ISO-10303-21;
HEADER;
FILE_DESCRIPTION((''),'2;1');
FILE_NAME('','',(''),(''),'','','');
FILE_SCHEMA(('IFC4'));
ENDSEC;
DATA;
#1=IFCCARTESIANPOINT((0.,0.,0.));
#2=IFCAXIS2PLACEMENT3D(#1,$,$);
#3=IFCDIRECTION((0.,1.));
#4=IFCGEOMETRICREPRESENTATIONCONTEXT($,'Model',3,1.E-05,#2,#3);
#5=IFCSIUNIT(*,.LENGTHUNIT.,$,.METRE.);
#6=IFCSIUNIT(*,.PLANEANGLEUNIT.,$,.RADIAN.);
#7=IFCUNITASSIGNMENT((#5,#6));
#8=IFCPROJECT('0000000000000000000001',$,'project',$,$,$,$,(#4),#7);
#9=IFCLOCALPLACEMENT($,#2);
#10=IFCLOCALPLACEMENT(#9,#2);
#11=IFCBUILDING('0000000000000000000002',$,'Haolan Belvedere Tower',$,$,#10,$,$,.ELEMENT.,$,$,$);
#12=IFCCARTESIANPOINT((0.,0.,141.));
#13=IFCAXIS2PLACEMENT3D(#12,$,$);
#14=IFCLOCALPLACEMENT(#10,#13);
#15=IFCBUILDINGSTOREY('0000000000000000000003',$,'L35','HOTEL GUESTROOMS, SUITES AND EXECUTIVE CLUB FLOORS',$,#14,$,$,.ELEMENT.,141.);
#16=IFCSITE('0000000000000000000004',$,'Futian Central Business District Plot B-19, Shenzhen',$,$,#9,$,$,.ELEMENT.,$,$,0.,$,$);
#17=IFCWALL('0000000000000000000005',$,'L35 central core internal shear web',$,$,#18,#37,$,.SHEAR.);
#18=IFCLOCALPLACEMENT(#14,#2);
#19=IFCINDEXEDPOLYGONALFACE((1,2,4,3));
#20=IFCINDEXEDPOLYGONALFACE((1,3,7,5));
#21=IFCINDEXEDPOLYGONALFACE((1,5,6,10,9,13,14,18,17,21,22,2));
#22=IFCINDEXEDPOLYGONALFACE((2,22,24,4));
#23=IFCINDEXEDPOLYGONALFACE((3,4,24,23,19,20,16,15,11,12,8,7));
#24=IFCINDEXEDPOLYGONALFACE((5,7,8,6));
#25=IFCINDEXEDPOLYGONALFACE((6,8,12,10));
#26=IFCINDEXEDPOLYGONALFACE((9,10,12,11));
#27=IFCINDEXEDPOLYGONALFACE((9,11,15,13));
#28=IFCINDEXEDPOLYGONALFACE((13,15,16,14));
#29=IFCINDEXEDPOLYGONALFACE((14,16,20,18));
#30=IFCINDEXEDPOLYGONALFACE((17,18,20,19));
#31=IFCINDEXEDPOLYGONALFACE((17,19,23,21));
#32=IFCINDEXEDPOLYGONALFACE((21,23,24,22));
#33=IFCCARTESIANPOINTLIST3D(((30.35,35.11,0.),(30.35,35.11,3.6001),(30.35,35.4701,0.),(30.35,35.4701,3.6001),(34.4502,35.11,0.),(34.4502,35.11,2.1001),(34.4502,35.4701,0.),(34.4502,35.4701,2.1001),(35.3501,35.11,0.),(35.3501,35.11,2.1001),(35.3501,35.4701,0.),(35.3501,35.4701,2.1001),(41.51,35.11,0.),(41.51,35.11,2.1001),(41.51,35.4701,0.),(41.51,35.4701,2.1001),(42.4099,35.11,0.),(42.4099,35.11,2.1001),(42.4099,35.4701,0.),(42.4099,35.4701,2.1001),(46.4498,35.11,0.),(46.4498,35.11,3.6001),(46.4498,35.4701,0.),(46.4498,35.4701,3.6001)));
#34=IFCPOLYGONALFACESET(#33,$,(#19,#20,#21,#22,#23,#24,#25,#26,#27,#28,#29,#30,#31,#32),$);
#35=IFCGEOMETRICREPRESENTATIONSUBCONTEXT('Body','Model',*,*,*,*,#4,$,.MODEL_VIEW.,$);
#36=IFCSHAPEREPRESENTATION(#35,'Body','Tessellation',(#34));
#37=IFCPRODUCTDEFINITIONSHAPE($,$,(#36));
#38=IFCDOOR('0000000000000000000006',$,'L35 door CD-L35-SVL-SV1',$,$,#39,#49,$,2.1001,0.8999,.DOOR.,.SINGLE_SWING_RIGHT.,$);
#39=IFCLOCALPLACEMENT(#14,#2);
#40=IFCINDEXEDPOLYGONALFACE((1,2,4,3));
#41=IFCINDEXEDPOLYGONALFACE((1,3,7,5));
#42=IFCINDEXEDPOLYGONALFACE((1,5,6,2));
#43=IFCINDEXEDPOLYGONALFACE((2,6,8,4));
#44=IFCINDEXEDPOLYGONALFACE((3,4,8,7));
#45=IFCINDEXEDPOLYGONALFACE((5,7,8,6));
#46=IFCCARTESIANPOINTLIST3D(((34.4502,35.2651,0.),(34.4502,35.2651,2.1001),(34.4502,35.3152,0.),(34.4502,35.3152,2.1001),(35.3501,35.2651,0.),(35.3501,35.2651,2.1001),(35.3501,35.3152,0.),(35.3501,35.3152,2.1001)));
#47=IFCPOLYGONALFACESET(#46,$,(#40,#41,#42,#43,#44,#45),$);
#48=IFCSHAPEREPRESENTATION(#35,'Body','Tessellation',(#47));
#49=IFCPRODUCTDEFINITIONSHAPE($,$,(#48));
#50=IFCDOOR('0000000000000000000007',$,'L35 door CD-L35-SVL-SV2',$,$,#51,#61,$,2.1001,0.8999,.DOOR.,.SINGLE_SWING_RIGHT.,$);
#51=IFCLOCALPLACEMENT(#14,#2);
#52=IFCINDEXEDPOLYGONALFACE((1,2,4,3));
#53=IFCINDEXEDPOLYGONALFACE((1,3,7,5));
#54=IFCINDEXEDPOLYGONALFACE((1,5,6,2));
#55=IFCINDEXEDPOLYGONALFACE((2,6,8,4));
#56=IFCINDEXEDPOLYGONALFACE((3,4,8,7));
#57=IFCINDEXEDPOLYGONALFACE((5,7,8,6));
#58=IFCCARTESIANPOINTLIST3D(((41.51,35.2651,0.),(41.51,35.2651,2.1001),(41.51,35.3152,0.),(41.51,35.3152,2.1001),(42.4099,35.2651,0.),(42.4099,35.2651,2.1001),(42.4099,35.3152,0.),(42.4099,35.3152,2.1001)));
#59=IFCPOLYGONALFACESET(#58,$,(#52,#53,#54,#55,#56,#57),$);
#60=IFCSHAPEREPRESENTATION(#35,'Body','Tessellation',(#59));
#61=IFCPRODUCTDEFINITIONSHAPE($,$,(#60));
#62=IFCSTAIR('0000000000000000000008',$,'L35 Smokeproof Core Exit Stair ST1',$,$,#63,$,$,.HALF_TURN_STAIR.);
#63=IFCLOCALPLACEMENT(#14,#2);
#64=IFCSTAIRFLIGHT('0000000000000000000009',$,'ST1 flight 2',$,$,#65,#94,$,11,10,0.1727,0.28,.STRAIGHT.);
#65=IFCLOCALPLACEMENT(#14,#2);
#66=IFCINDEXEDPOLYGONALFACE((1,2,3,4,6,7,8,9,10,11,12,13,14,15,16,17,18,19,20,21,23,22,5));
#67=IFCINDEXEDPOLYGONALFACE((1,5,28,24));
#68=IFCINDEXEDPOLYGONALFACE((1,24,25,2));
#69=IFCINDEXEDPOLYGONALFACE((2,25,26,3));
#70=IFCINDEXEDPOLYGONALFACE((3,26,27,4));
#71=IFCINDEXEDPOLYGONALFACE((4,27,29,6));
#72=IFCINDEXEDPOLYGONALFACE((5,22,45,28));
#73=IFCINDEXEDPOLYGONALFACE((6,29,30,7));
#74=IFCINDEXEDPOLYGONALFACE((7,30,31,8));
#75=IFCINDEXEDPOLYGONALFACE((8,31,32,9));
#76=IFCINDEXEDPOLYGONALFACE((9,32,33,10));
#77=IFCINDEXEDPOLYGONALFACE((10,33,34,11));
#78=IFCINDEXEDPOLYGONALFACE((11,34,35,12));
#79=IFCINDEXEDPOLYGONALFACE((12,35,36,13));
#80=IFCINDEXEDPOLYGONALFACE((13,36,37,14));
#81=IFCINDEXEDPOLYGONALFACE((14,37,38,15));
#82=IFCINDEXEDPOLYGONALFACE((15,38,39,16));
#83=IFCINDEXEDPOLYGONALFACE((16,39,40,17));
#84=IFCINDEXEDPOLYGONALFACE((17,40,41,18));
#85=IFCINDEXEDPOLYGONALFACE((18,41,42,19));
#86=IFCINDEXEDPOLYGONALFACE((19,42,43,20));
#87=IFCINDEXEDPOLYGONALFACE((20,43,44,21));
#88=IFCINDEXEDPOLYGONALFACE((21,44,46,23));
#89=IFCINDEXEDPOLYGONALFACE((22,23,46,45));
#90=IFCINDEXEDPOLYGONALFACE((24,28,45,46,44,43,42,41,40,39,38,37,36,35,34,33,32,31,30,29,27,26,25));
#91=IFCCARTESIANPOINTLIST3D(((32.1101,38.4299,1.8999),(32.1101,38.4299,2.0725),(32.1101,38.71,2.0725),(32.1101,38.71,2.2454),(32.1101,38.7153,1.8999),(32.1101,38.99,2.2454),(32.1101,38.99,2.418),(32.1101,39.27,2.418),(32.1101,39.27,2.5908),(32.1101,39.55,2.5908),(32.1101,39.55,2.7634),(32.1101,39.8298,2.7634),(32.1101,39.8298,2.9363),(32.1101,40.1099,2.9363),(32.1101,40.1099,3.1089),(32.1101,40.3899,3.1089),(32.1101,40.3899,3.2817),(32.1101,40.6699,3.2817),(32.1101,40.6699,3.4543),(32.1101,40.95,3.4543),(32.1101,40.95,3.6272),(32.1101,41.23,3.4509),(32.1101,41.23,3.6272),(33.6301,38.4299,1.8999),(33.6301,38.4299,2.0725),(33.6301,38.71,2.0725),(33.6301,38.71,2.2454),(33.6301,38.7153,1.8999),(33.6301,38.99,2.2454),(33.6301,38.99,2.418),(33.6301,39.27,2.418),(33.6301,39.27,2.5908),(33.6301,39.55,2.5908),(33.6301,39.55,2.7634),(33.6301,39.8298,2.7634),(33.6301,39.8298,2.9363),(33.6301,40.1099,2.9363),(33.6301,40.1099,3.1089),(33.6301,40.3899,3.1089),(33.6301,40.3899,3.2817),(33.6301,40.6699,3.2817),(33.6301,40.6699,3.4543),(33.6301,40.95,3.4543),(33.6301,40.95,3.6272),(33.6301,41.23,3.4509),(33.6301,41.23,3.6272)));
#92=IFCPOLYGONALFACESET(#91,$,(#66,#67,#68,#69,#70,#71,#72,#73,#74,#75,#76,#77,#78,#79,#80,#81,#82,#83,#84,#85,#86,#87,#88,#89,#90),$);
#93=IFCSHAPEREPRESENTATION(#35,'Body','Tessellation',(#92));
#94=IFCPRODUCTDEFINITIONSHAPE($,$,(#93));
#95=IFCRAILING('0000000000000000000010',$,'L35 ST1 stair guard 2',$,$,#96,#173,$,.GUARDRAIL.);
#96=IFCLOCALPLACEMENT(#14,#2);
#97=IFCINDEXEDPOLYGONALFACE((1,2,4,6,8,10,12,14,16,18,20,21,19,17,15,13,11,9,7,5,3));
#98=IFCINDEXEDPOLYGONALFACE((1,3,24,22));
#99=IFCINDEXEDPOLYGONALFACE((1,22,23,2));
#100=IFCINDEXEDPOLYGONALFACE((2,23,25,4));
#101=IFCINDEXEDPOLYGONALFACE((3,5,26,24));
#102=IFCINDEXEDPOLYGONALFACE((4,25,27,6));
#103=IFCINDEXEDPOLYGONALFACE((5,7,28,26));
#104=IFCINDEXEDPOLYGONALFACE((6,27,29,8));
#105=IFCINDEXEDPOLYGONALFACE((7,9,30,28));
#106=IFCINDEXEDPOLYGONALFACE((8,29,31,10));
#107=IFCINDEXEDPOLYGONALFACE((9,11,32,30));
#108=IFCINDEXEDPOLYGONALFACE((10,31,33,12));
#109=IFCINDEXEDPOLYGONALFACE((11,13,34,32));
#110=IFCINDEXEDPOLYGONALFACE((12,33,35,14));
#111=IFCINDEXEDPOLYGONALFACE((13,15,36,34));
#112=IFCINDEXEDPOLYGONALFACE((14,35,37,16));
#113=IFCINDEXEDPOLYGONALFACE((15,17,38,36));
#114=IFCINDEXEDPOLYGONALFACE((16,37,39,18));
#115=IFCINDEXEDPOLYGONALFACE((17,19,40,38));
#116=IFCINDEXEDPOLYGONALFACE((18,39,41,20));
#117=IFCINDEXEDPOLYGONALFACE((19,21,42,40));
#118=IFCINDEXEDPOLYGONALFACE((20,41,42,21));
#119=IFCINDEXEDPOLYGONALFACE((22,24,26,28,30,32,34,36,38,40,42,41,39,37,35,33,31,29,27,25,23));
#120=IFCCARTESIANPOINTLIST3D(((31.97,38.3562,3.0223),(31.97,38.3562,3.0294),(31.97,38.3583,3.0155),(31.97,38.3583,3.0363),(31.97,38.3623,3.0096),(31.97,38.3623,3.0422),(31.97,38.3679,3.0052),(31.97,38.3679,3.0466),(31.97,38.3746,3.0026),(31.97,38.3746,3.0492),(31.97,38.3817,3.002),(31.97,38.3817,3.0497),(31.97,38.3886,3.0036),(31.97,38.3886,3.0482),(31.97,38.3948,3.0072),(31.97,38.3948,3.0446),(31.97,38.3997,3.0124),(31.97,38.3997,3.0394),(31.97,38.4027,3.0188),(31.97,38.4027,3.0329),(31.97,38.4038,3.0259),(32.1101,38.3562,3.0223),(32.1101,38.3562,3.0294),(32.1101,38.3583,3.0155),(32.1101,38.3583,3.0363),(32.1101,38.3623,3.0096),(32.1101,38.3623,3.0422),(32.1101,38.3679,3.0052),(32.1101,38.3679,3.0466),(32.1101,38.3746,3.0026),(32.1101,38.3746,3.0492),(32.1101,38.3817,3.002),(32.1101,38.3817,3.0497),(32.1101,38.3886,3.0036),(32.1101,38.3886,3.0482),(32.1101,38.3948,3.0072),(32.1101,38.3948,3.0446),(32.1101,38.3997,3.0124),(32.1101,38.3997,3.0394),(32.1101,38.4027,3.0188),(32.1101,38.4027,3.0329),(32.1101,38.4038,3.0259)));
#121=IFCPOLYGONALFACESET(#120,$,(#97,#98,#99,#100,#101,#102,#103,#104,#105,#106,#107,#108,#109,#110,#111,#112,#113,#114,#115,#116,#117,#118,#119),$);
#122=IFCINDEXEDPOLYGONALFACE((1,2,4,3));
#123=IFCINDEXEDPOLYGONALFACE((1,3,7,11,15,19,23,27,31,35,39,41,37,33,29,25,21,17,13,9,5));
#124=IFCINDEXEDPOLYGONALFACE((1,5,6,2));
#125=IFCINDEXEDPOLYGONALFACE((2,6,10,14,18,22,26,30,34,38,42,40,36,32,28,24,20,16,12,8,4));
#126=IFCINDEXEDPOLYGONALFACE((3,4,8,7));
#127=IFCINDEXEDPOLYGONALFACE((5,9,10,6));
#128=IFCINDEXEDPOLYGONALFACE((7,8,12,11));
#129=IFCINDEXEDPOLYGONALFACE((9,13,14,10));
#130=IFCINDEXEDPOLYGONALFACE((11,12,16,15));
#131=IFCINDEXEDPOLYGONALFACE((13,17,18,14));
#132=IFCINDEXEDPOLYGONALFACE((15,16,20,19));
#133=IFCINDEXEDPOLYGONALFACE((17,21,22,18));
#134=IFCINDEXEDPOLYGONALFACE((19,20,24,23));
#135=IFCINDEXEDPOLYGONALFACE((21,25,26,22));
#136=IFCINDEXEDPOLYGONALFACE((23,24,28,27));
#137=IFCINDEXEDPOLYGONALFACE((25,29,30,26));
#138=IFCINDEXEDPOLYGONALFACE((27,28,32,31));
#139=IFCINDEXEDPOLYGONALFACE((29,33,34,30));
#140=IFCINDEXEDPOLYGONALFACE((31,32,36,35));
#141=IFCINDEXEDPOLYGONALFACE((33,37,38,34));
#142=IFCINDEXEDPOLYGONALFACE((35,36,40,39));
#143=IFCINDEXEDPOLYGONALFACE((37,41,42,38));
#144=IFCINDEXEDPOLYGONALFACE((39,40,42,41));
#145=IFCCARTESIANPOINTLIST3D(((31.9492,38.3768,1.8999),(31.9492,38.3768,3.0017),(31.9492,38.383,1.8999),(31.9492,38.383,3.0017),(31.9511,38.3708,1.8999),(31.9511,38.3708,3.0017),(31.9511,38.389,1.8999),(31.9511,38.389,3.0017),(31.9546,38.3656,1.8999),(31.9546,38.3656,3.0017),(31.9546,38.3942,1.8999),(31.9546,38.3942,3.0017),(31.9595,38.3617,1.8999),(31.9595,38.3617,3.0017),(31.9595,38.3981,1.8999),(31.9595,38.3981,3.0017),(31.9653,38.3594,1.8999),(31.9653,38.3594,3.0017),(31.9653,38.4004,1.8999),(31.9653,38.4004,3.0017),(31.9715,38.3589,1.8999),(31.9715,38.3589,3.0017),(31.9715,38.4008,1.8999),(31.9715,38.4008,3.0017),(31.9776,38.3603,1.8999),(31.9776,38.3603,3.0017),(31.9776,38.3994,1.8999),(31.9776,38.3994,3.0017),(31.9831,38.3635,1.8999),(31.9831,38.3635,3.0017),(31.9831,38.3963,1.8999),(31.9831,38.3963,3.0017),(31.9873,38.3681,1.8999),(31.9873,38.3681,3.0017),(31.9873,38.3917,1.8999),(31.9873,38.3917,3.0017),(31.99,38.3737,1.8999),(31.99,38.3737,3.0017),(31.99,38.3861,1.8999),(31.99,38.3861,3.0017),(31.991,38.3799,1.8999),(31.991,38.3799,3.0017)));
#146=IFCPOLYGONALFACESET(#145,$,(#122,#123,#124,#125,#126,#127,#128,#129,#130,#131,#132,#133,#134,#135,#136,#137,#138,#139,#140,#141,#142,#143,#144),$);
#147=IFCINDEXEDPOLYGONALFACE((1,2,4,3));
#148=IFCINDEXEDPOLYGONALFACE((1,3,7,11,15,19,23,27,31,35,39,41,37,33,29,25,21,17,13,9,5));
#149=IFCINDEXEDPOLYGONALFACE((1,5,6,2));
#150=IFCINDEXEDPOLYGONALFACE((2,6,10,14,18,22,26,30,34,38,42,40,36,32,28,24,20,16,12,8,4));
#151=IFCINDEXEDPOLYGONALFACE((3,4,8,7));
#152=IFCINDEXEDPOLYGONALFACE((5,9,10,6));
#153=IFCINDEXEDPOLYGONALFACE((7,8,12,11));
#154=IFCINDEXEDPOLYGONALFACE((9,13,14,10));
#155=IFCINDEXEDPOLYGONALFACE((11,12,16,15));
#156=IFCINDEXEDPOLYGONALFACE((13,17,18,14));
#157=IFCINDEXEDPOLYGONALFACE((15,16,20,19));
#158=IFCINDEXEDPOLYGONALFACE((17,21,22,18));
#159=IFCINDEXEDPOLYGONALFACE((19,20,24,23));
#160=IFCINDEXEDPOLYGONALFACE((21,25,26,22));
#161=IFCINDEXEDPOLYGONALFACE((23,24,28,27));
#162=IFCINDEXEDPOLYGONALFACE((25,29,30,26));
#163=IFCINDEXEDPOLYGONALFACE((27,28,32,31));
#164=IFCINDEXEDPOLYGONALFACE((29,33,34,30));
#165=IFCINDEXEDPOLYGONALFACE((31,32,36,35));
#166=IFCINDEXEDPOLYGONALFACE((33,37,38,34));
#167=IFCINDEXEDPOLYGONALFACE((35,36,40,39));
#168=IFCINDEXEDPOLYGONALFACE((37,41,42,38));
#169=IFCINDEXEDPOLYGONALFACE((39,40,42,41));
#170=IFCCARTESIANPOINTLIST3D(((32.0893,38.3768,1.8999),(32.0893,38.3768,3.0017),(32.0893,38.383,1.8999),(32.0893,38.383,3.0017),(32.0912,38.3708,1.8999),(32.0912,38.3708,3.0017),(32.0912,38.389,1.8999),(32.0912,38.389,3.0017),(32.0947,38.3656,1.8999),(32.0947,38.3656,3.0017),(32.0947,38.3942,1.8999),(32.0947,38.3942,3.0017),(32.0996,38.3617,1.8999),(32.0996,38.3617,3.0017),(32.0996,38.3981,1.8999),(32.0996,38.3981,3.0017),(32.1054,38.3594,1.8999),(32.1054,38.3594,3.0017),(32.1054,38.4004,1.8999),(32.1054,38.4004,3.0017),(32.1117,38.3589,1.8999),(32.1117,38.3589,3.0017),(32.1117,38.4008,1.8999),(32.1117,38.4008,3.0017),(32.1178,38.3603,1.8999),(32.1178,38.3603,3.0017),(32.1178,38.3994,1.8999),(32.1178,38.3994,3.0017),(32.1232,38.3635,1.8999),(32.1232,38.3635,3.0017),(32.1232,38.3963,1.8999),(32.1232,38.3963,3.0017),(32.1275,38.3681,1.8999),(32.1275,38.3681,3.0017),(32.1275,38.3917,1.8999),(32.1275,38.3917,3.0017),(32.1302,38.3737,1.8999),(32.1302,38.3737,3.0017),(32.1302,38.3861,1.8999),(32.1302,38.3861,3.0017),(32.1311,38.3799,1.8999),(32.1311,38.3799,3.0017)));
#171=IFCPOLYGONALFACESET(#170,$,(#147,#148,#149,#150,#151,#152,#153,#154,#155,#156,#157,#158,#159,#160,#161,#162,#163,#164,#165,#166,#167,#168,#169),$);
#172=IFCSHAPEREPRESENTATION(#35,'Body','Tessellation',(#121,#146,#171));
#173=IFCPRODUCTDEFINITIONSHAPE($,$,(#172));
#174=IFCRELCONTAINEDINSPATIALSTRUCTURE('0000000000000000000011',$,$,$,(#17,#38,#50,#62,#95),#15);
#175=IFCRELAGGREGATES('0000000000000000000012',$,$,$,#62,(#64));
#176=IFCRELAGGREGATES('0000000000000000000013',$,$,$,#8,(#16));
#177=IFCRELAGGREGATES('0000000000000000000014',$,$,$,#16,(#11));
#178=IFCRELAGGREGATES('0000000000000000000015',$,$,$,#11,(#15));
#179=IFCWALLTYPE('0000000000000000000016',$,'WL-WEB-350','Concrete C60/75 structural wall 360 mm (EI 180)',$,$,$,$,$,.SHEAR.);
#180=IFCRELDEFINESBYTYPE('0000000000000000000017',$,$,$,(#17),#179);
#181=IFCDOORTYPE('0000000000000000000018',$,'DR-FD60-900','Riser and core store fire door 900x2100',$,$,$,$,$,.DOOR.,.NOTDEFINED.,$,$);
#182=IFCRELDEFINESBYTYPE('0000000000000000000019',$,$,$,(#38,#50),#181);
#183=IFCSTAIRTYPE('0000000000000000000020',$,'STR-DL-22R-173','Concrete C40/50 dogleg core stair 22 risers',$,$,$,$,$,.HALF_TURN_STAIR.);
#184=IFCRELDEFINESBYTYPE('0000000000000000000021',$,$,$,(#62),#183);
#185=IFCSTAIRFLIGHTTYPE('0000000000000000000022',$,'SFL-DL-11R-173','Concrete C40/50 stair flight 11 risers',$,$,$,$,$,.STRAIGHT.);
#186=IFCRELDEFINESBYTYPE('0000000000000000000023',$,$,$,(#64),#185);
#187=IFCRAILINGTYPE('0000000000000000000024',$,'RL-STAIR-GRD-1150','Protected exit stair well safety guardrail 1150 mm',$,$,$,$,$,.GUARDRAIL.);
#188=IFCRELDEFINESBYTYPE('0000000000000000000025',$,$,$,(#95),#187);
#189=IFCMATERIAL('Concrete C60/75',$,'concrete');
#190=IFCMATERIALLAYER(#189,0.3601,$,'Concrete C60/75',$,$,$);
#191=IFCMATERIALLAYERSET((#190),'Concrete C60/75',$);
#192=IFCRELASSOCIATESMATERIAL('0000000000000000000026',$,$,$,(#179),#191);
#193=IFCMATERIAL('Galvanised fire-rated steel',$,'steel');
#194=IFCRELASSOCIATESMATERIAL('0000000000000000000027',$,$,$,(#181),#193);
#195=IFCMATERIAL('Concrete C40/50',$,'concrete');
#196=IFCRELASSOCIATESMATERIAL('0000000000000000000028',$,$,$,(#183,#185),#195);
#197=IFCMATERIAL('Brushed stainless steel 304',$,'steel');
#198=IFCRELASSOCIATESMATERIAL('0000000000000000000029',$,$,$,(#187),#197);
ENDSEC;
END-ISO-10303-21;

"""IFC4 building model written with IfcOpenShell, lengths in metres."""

from ifc_helpers import new_model, si_unit, direction, frame, frame_2d, origin, origin_2d, place, context, subcontext, project, spatial, polyline, rectangle, circle, outline, extrude, material, layer, layer_set, type_object, element, fill, aggregate, save


model = new_model("IFC4")

# Units and contexts
model_context = context("Model", 3, precision=1e-05, world=origin(), true_north=direction((0.0, 1.0)))
body_context = subcontext(model_context, "Body", "Model", "MODEL_VIEW")
ifc_project = project(units=[si_unit("LENGTHUNIT", "METRE"), si_unit("PLANEANGLEUNIT", "RADIAN")], contexts=[model_context])

# Site, building, storey
site_placement = place(None, origin())
site = spatial("IfcSite", under=ifc_project, at=site_placement, Name="Futian Central Business District Plot B-19, Shenzhen", CompositionType="ELEMENT", RefElevation=0.0)
building_placement = place(site_placement, origin())
building = spatial("IfcBuilding", under=site, at=building_placement, Name="Haolan Belvedere Tower", CompositionType="ELEMENT")
storey_placement = place(building_placement, frame((0.0, 0.0, 141.0)))
storey = spatial("IfcBuildingStorey", under=building, at=storey_placement, Name="L35", Description="HOTEL GUESTROOMS, SUITES AND EXECUTIVE CLUB FLOORS", CompositionType="ELEMENT", Elevation=141.0)

# Shared definitions
ifc_material_1 = material(Name="Concrete C60/75", Category="concrete")

# Wall, openings, doors
ifc_layer_1 = layer(ifc_material_1, 0.3601, Name="Concrete C60/75")
ifc_layer_set_1 = layer_set([ifc_layer_1], Name="Concrete C60/75")
wall_type_1 = type_object("IfcWallType", Name="WL-WEB-350", Description="Concrete C60/75 structural wall 360 mm (EI 180)", PredefinedType="SHEAR", material=ifc_layer_set_1)
wall_1_placement = place(storey_placement, frame((30.3501, 35.29, 0.0), z_axis=(0.0, 0.0, 1.0), x_axis=(1.0, 0.0, 0.0)))
wall_1 = element("IfcWall", 1, at=wall_1_placement, inside=storey, type_object=wall_type_1, Name="L35 central core internal shear web", PredefinedType="SHEAR", context=body_context, shape_type="SweptSolid", body=[
    extrude(rectangle(XDim=16.0999, YDim=0.3601, at=frame_2d((8.0498, 0.0))), origin(), (0.0, 0.0, 1.0), 3.6001),
])
opening_1_placement = place(wall_1_placement, frame((5.0, 0.0, 0.0), z_axis=(0.0, 0.0, 1.0), x_axis=(-1.0, 0.0, 0.0)))
opening_1 = element("IfcOpeningElement", 2, at=opening_1_placement, cuts=wall_1, PredefinedType="OPENING", context=body_context, shape_type="SweptSolid", body=[
    extrude(rectangle(XDim=0.8999, YDim=2.1001, at=frame_2d((0.45, 1.05))), frame((0.0, 0.1899, 0.0), z_axis=(0.0, -1.0, 0.0), x_axis=(1.0, 0.0, 0.0)), (0.0, 0.0, 1.0), 0.3801),
])
opening_2_placement = place(wall_1_placement, frame((12.0598, 0.0, 0.0), z_axis=(0.0, 0.0, 1.0), x_axis=(-1.0, 0.0, 0.0)))
opening_2 = element("IfcOpeningElement", 3, at=opening_2_placement, cuts=wall_1, PredefinedType="OPENING", context=body_context, shape_type="SweptSolid", body=[
    extrude(rectangle(XDim=0.8999, YDim=2.1001, at=frame_2d((0.45, 1.05))), frame((0.0, 0.1899, 0.0), z_axis=(0.0, -1.0, 0.0), x_axis=(1.0, 0.0, 0.0)), (0.0, 0.0, 1.0), 0.3801),
])
ifc_material_2 = material(Name="Galvanised fire-rated steel", Category="steel")
door_type_1 = type_object("IfcDoorType", Name="DR-FD60-900", Description="Riser and core store fire door 900x2100", OperationType="NOTDEFINED", PredefinedType="DOOR", material=ifc_material_2)
door_1_placement = place(opening_1_placement, origin())
door_1 = element("IfcDoor", 4, at=door_1_placement, inside=storey, type_object=door_type_1, Name="L35 door CD-L35-SVL-SV1", OperationType="SINGLE_SWING_RIGHT", OverallHeight=2.1001, OverallWidth=0.8999, PredefinedType="DOOR", context=body_context, shape_type="SweptSolid", body=[
    extrude(rectangle(XDim=0.8999, YDim=2.1001, at=frame_2d((0.45, 1.05))), frame((0.0, 0.0249, 0.0), z_axis=(0.0, -1.0, 0.0), x_axis=(1.0, 0.0, 0.0)), (0.0, 0.0, 1.0), 0.05),
])
fill(opening_1, door_1)
door_2_placement = place(opening_2_placement, origin())
door_2 = element("IfcDoor", 5, at=door_2_placement, inside=storey, type_object=door_type_1, Name="L35 door CD-L35-SVL-SV2", OperationType="SINGLE_SWING_RIGHT", OverallHeight=2.1001, OverallWidth=0.8999, PredefinedType="DOOR", context=body_context, shape_type="SweptSolid", body=[
    extrude(rectangle(XDim=0.8999, YDim=2.1001, at=frame_2d((0.45, 1.05))), frame((0.0, 0.0249, 0.0), z_axis=(0.0, -1.0, 0.0), x_axis=(1.0, 0.0, 0.0)), (0.0, 0.0, 1.0), 0.05),
])
fill(opening_2, door_2)

# Stair, stair flight
ifc_material_3 = material(Name="Concrete C40/50", Category="concrete")
stair_type = type_object("IfcStairType", Name="STR-DL-22R-173", Description="Concrete C40/50 dogleg core stair 22 risers", PredefinedType="HALF_TURN_STAIR", material=ifc_material_3)
stair_placement = place(storey_placement, origin())
stair = element("IfcStair", 6, at=stair_placement, inside=storey, type_object=stair_type, Name="L35 Smokeproof Core Exit Stair ST1", PredefinedType="HALF_TURN_STAIR")
stair_flight_type = type_object("IfcStairFlightType", Name="SFL-DL-11R-173", Description="Concrete C40/50 stair flight 11 risers", PredefinedType="STRAIGHT", material=ifc_material_3)
stair_flight_placement = place(storey_placement, frame((32.8701, 38.4299, 1.8999), z_axis=(0.0, 0.0, 1.0), x_axis=(0.0, 1.0, 0.0)))
stair_flight = element("IfcStairFlight", 7, at=stair_flight_placement, type_object=stair_flight_type, Name="ST1 flight 2", NumberOfRisers=11, NumberOfTreads=10, PredefinedType="STRAIGHT", RiserHeight=0.1727, TreadLength=0.28, context=body_context, shape_type="SweptSolid", body=[
    extrude(outline(polyline([(0.0, 0.0), (0.0, 0.1726), (0.28, 0.1726), (0.28, 0.3455), (0.5601, 0.3455), (0.5601, 0.5181), (0.8401, 0.5181), (0.8401, 0.6909), (1.1201, 0.6909), (1.1201, 0.8635), (1.3999, 0.8635), (1.3999, 1.0364), (1.6799, 1.0364), (1.6799, 1.209), (1.96, 1.209), (1.96, 1.3818), (2.24, 1.3818), (2.24, 1.5544), (2.52, 1.5544), (2.52, 1.7273), (2.8, 1.7273), (2.8, 1.8999), (2.8, 1.551), (0.2854, 0.0), (0.0, 0.0)])), frame((0.0, 0.76, 0.0), z_axis=(0.0, -1.0, 0.0), x_axis=(1.0, 0.0, 0.0)), (0.0, 0.0, 1.0), 1.52),
])
aggregate(stair, [stair_flight])

# Railing
ifc_material_4 = material(Name="Brushed stainless steel 304", Category="steel")
railing_type_1 = type_object("IfcRailingType", Name="RL-STAIR-GRD-1150", Description="Protected exit stair well safety guardrail 1150 mm", PredefinedType="GUARDRAIL", material=ifc_material_4)
railing_1_placement = place(storey_placement, frame((31.97, 38.3799, 1.8999)))
element("IfcRailing", 8, at=railing_1_placement, inside=storey, type_object=railing_type_1, Name="L35 ST1 stair guard 2", PredefinedType="GUARDRAIL", context=body_context, shape_type="SweptSolid", body=[
    extrude(circle(Radius=0.0239, at=origin_2d()), frame((0.0, 0.0, 1.126), z_axis=(1.0, 0.0, 0.0), x_axis=(0.0, 1.0, 0.0)), (0.0, 0.0, 1.0), 0.1401),
    extrude(circle(Radius=0.021, at=origin_2d()), origin(), (0.0, 0.0, 1.0), 1.1018),
    extrude(circle(Radius=0.021, at=origin_2d()), frame((0.1401, 0.0, 0.0)), (0.0, 0.0, 1.0), 1.1018),
])

save(model, "model.ifc")
